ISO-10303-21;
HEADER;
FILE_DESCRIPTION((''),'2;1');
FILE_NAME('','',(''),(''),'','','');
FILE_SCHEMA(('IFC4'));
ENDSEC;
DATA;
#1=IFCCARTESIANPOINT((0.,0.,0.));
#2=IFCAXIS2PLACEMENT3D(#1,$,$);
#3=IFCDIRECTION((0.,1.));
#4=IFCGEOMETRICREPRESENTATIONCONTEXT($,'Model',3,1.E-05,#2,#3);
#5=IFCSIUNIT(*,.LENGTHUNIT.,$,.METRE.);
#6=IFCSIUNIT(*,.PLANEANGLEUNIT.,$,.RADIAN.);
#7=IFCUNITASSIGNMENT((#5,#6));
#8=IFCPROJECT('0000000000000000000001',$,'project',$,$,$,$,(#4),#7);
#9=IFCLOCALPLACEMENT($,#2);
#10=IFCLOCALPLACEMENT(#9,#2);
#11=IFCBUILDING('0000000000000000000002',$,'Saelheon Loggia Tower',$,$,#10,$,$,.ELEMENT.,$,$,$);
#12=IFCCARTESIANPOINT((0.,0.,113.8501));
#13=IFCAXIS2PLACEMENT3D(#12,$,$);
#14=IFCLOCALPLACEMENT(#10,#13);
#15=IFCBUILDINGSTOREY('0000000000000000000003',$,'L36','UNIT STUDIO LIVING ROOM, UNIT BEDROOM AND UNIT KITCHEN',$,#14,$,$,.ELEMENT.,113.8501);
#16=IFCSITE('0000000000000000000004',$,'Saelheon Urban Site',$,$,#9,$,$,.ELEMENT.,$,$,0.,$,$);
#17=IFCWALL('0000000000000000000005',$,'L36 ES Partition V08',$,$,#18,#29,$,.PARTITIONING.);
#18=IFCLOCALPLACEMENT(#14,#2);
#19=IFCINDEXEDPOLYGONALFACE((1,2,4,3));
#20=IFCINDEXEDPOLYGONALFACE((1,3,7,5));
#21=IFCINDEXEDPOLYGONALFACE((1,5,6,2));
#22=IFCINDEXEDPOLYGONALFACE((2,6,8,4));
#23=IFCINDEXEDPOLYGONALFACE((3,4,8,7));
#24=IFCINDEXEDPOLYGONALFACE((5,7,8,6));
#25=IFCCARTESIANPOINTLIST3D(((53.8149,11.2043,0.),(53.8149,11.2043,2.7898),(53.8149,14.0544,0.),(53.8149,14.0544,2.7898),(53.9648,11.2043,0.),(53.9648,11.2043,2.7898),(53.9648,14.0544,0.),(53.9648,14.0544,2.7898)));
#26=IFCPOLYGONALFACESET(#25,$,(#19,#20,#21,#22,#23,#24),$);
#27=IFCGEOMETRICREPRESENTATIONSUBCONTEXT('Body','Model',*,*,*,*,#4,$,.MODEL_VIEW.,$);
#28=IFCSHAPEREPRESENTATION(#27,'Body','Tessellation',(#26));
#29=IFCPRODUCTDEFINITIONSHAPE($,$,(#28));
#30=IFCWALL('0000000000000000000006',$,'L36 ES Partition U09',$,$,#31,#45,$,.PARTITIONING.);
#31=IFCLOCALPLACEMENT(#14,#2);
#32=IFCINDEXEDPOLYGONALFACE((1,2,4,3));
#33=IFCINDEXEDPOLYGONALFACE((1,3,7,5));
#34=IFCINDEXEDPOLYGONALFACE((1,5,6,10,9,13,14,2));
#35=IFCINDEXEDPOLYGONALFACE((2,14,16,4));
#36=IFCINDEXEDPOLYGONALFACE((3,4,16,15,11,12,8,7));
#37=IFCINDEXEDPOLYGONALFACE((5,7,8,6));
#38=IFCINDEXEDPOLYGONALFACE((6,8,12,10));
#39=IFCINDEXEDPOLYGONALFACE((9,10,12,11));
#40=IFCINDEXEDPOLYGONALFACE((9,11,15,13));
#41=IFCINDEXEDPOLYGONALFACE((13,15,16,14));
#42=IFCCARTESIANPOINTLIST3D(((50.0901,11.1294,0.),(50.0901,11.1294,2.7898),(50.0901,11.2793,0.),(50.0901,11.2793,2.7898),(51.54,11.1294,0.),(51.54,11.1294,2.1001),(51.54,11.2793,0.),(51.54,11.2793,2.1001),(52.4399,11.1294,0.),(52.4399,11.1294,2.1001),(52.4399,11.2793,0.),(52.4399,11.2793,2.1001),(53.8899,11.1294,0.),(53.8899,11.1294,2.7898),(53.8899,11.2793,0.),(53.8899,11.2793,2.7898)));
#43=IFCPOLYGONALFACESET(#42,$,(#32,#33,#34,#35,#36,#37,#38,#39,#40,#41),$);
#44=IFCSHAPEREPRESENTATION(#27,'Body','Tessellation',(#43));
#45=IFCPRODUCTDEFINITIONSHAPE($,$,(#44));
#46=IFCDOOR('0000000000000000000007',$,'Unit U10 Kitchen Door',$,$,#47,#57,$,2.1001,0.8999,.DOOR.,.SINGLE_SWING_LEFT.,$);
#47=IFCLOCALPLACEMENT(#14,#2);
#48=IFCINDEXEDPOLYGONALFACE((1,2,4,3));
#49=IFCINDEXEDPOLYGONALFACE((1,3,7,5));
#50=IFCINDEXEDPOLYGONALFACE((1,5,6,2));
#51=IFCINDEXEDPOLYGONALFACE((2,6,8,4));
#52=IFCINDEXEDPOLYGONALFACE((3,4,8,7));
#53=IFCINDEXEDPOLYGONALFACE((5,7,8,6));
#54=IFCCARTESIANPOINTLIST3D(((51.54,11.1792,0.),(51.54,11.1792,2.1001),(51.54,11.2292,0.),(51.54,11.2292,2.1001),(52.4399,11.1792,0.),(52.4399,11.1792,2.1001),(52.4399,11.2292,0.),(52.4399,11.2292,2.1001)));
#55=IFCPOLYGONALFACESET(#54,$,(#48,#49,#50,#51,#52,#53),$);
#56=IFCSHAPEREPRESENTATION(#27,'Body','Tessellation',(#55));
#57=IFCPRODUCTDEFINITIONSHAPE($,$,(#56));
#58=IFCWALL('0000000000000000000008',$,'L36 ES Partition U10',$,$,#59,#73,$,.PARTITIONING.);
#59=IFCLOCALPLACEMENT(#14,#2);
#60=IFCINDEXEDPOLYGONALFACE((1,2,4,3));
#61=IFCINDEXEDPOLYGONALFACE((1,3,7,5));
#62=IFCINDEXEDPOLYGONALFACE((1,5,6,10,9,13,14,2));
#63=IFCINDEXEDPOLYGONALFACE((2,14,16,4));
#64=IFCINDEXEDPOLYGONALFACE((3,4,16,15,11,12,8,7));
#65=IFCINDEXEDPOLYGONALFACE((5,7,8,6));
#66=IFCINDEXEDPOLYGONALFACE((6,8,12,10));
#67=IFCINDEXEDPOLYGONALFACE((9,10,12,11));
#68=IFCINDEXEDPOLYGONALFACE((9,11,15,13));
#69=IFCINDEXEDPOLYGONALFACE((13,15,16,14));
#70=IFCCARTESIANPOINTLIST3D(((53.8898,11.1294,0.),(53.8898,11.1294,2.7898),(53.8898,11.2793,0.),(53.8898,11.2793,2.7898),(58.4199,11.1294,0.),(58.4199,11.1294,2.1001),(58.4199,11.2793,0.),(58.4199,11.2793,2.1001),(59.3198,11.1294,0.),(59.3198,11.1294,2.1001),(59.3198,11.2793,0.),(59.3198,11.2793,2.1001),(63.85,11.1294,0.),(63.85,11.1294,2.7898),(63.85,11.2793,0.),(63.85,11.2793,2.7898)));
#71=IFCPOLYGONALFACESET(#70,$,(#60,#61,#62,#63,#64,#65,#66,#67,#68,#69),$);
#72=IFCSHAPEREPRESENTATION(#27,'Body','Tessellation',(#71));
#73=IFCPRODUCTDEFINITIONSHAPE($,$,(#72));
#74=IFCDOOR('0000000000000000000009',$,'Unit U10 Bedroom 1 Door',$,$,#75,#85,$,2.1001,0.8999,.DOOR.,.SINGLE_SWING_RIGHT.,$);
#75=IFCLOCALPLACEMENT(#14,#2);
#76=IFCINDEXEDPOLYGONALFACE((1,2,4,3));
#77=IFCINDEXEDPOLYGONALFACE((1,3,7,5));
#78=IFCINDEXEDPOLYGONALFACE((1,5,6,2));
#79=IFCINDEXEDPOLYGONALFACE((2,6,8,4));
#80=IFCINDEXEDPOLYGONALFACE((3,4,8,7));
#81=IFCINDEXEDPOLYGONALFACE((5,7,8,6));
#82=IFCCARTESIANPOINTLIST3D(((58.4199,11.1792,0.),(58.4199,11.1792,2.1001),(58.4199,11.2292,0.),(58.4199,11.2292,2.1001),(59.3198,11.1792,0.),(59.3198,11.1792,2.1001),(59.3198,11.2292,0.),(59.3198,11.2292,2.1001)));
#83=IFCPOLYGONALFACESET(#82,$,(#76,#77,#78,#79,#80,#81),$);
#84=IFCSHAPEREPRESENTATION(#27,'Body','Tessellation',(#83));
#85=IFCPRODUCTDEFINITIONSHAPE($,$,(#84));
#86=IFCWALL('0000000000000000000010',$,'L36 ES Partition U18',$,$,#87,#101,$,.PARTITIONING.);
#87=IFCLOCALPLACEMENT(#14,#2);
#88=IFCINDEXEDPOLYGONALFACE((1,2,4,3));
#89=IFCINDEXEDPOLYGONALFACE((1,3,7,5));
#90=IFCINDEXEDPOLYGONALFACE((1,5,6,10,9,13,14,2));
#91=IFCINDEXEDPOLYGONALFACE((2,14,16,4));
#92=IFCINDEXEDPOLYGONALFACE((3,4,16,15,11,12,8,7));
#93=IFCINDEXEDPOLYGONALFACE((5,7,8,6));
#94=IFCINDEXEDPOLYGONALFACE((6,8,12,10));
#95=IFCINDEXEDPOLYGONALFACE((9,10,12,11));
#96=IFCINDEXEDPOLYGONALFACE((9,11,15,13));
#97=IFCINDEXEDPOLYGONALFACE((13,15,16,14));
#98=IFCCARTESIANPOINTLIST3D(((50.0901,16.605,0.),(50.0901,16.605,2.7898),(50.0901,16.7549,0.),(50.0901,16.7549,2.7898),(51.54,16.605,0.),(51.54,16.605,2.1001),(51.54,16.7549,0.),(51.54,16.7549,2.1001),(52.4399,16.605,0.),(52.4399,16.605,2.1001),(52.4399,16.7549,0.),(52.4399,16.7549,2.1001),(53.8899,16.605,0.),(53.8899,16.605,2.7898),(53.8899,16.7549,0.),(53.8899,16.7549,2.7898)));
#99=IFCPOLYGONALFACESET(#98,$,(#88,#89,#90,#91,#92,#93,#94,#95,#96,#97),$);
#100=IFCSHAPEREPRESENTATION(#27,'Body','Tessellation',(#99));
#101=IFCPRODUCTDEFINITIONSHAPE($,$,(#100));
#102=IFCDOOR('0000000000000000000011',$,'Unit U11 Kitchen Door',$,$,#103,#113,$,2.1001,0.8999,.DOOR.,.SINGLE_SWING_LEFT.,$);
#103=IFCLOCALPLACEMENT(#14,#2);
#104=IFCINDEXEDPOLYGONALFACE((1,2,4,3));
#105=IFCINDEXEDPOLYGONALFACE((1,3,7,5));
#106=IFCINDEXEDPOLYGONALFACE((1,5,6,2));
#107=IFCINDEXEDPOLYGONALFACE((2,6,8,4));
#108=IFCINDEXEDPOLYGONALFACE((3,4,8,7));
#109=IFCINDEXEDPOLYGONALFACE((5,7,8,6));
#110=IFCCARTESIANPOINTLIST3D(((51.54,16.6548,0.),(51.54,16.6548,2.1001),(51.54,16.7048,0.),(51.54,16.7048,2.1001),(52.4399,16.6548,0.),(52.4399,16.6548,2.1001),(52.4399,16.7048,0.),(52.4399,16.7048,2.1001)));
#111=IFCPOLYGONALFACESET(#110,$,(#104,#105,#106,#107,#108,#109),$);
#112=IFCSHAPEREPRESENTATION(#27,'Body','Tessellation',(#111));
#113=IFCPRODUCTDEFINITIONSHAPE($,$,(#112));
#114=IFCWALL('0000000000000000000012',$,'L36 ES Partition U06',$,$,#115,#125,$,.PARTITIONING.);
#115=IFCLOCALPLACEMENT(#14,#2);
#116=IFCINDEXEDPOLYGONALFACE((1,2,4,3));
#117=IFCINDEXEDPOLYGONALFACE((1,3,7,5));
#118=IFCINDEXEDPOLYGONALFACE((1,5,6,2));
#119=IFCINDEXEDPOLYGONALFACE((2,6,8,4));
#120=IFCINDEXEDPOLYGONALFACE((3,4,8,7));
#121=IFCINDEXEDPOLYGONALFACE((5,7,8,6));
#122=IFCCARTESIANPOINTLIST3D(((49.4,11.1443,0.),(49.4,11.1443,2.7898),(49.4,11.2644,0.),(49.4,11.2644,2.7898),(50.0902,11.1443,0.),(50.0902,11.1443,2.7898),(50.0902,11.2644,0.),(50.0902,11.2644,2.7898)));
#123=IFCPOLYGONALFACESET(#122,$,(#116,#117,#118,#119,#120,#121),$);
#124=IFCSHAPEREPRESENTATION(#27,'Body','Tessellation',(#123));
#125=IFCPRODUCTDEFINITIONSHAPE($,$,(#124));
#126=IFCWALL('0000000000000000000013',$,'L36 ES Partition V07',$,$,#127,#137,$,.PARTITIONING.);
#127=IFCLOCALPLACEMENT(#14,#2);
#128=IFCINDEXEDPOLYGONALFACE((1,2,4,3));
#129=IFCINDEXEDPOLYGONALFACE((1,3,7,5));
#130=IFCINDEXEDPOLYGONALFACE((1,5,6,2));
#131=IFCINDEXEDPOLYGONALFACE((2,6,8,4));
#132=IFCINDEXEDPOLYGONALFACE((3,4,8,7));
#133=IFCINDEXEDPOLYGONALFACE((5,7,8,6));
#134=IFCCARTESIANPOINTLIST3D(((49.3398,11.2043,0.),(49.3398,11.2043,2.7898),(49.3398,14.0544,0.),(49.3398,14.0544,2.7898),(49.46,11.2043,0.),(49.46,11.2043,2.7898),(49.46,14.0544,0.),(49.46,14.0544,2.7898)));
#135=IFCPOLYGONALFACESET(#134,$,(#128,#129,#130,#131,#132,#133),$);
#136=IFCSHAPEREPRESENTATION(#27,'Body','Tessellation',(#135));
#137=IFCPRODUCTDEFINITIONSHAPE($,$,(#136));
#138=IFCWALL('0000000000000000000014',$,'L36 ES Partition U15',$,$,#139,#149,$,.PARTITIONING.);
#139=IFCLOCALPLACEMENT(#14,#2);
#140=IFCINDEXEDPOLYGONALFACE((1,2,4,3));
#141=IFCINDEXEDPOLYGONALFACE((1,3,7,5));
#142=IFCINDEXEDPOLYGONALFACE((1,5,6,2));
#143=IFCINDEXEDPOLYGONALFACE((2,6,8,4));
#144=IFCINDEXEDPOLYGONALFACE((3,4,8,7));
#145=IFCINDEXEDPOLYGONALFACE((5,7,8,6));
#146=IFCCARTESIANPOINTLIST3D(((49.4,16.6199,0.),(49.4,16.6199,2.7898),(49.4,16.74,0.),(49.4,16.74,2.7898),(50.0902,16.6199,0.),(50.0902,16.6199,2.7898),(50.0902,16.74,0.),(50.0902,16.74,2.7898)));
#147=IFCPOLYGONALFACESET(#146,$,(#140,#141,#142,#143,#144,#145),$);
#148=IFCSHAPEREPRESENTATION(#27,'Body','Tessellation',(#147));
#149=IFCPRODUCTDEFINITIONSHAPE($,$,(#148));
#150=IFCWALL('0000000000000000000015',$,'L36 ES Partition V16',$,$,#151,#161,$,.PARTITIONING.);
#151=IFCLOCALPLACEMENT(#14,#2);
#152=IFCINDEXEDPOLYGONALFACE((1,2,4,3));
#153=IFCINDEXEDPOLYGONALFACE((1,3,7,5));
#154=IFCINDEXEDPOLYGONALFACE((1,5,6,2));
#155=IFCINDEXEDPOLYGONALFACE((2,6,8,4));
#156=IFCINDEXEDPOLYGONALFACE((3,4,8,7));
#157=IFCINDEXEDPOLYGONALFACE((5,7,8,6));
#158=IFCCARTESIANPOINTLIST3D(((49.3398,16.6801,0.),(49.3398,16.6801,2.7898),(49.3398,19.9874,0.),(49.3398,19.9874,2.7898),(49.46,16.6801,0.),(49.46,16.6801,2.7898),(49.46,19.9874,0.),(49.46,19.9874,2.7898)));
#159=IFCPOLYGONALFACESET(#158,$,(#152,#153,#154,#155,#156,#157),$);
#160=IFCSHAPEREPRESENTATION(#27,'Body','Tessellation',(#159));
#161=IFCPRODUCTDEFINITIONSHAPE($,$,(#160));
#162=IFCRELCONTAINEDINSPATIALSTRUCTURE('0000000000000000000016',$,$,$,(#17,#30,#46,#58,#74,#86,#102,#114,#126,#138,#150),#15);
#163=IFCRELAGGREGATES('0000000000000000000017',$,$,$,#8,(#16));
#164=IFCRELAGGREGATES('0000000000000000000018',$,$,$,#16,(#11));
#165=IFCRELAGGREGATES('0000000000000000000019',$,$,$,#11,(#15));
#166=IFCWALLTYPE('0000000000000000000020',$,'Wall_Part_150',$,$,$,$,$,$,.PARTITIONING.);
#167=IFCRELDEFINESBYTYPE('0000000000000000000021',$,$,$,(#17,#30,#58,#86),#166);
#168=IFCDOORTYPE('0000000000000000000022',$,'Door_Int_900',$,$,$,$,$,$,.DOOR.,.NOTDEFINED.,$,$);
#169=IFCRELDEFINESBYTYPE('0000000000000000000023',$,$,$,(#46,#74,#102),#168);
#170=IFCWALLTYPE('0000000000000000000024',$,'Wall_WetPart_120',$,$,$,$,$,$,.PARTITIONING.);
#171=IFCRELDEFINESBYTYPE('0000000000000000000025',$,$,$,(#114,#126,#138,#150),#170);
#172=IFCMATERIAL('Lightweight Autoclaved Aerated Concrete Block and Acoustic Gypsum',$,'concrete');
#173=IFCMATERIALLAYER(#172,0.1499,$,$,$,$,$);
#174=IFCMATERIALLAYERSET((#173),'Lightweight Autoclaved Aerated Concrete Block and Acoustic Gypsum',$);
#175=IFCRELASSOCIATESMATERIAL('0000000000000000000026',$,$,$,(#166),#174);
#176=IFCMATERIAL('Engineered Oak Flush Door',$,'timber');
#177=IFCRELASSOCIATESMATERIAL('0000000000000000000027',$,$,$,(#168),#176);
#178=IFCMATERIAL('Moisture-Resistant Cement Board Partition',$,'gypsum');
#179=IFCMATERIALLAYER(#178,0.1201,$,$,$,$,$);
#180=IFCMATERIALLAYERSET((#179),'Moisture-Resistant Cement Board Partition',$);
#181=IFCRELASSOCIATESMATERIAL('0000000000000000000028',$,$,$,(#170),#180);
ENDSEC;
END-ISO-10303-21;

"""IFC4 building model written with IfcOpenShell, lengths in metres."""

from ifc_helpers import new_model, si_unit, direction, frame, frame_2d, origin, place, context, subcontext, project, spatial, rectangle, extrude, source, transform, mapped, material, layer, layer_set, type_object, element, fill, save


model = new_model("IFC4")

# Units and contexts
model_context = context("Model", 3, precision=1e-05, world=origin(), true_north=direction((0.0, 1.0)))
body_context = subcontext(model_context, "Body", "Model", "MODEL_VIEW")
ifc_project = project(units=[si_unit("LENGTHUNIT", "METRE"), si_unit("PLANEANGLEUNIT", "RADIAN")], contexts=[model_context])

# Site, building, storey
site_placement = place(None, origin())
site = spatial("IfcSite", under=ifc_project, at=site_placement, Name="Saelheon Urban Site", CompositionType="ELEMENT", RefElevation=0.0)
building_placement = place(site_placement, origin())
building = spatial("IfcBuilding", under=site, at=building_placement, Name="Saelheon Loggia Tower", CompositionType="ELEMENT")
storey_placement = place(building_placement, frame((0.0, 0.0, 113.8501)))
storey = spatial("IfcBuildingStorey", under=building, at=storey_placement, Name="L36", Description="UNIT STUDIO LIVING ROOM, UNIT BEDROOM AND UNIT KITCHEN", CompositionType="ELEMENT", Elevation=113.8501)

# Wall
ifc_material_1 = material(Name="Lightweight Autoclaved Aerated Concrete Block and Acoustic Gypsum", Category="concrete")
ifc_layer_1 = layer(ifc_material_1, 0.1499)
ifc_layer_set_1 = layer_set([ifc_layer_1], Name="Lightweight Autoclaved Aerated Concrete Block and Acoustic Gypsum")
wall_type_1 = type_object("IfcWallType", Name="Wall_Part_150", PredefinedType="PARTITIONING", material=ifc_layer_set_1)
wall_1_placement = place(storey_placement, frame((53.8899, 11.2043, 0.0), z_axis=(0.0, 0.0, 1.0), x_axis=(0.0, 1.0, 0.0)))
element("IfcWall", 1, at=wall_1_placement, inside=storey, type_object=wall_type_1, Name="L36 ES Partition V08", PredefinedType="PARTITIONING", context=body_context, shape_type="SweptSolid", body=[
    extrude(rectangle(XDim=2.8501, YDim=0.1499, at=frame_2d((1.425, 0.0))), origin(), (0.0, 0.0, 1.0), 2.7898),
])

# Walls, openings, doors
wall_2_placement = place(storey_placement, frame((50.0901, 11.2043, 0.0), z_axis=(0.0, 0.0, 1.0), x_axis=(1.0, 0.0, 0.0)))
wall_2 = element("IfcWall", 2, at=wall_2_placement, inside=storey, type_object=wall_type_1, Name="L36 ES Partition U09", PredefinedType="PARTITIONING", context=body_context, shape_type="SweptSolid", body=[
    extrude(rectangle(XDim=3.7998, YDim=0.1499, at=frame_2d((1.8999, 0.0))), origin(), (0.0, 0.0, 1.0), 2.7898),
])
opening_1_placement = place(wall_2_placement, frame((1.45, 0.0, 0.0)))
opening_1 = element("IfcOpeningElement", 3, at=opening_1_placement, cuts=wall_2, PredefinedType="OPENING", context=body_context, shape_type="SweptSolid", body=[
    extrude(rectangle(XDim=0.8999, YDim=2.1001, at=frame_2d((0.45, 1.05))), frame((0.0, 0.0869, 0.0), z_axis=(0.0, -1.0, 0.0), x_axis=(1.0, 0.0, 0.0)), (0.0, 0.0, 1.0), 0.1738),
])
ifc_material_2 = material(Name="Engineered Oak Flush Door", Category="timber")
door_type = type_object("IfcDoorType", Name="Door_Int_900", OperationType="NOTDEFINED", PredefinedType="DOOR", material=ifc_material_2)
shared_shape = source(origin(), body_context, "Body", "SweptSolid", [
    extrude(rectangle(XDim=0.8999, YDim=2.1001, at=frame_2d((0.45, 1.05))), frame((0.0, 0.0249, 0.0), z_axis=(0.0, -1.0, 0.0), x_axis=(1.0, 0.0, 0.0)), (0.0, 0.0, 1.0), 0.05),
])
door_1_placement = place(opening_1_placement, origin())
door_1 = element("IfcDoor", 4, at=door_1_placement, inside=storey, type_object=door_type, Name="Unit U10 Kitchen Door", OperationType="SINGLE_SWING_LEFT", OverallHeight=2.1001, OverallWidth=0.8999, PredefinedType="DOOR", context=body_context, shape_type="MappedRepresentation", body=[
    mapped(shared_shape, transform((0.0, 0.0, 0.0), scale=1.0)),
])
fill(opening_1, door_1)
wall_3_placement = place(storey_placement, frame((53.8899, 11.2043, 0.0), z_axis=(0.0, 0.0, 1.0), x_axis=(1.0, 0.0, 0.0)))
wall_3 = element("IfcWall", 5, at=wall_3_placement, inside=storey, type_object=wall_type_1, Name="L36 ES Partition U10", PredefinedType="PARTITIONING", context=body_context, shape_type="SweptSolid", body=[
    extrude(rectangle(XDim=9.9602, YDim=0.1499, at=frame_2d((4.98, 0.0))), origin(), (0.0, 0.0, 1.0), 2.7898),
])
opening_2_placement = place(wall_3_placement, frame((4.53, 0.0, 0.0)))
opening_2 = element("IfcOpeningElement", 6, at=opening_2_placement, cuts=wall_3, PredefinedType="OPENING", context=body_context, shape_type="SweptSolid", body=[
    extrude(rectangle(XDim=0.8999, YDim=2.1001, at=frame_2d((0.45, 1.05))), frame((0.0, 0.0869, 0.0), z_axis=(0.0, -1.0, 0.0), x_axis=(1.0, 0.0, 0.0)), (0.0, 0.0, 1.0), 0.1738),
])
door_2_placement = place(opening_2_placement, origin())
door_2 = element("IfcDoor", 7, at=door_2_placement, inside=storey, type_object=door_type, Name="Unit U10 Bedroom 1 Door", OperationType="SINGLE_SWING_RIGHT", OverallHeight=2.1001, OverallWidth=0.8999, PredefinedType="DOOR", context=body_context, shape_type="MappedRepresentation", body=[
    mapped(shared_shape, transform((0.0, 0.0, 0.0), scale=1.0)),
])
fill(opening_2, door_2)
wall_4_placement = place(storey_placement, frame((50.0901, 16.6799, 0.0), z_axis=(0.0, 0.0, 1.0), x_axis=(1.0, 0.0, 0.0)))
wall_4 = element("IfcWall", 8, at=wall_4_placement, inside=storey, type_object=wall_type_1, Name="L36 ES Partition U18", PredefinedType="PARTITIONING", context=body_context, shape_type="SweptSolid", body=[
    extrude(rectangle(XDim=3.7998, YDim=0.1499, at=frame_2d((1.8999, 0.0))), origin(), (0.0, 0.0, 1.0), 2.7898),
])
opening_3_placement = place(wall_4_placement, frame((1.45, 0.0, 0.0)))
opening_3 = element("IfcOpeningElement", 9, at=opening_3_placement, cuts=wall_4, PredefinedType="OPENING", context=body_context, shape_type="SweptSolid", body=[
    extrude(rectangle(XDim=0.8999, YDim=2.1001, at=frame_2d((0.45, 1.05))), frame((0.0, 0.0869, 0.0), z_axis=(0.0, -1.0, 0.0), x_axis=(1.0, 0.0, 0.0)), (0.0, 0.0, 1.0), 0.1738),
])
door_3_placement = place(opening_3_placement, origin())
door_3 = element("IfcDoor", 10, at=door_3_placement, inside=storey, type_object=door_type, Name="Unit U11 Kitchen Door", OperationType="SINGLE_SWING_LEFT", OverallHeight=2.1001, OverallWidth=0.8999, PredefinedType="DOOR", context=body_context, shape_type="MappedRepresentation", body=[
    mapped(shared_shape, transform((0.0, 0.0, 0.0), scale=1.0)),
])
fill(opening_3, door_3)

# Walls
ifc_material_3 = material(Name="Moisture-Resistant Cement Board Partition", Category="gypsum")
ifc_layer_2 = layer(ifc_material_3, 0.1201)
ifc_layer_set_2 = layer_set([ifc_layer_2], Name="Moisture-Resistant Cement Board Partition")
wall_type_2 = type_object("IfcWallType", Name="Wall_WetPart_120", PredefinedType="PARTITIONING", material=ifc_layer_set_2)
wall_5_placement = place(storey_placement, frame((49.3999, 11.2043, 0.0), z_axis=(0.0, 0.0, 1.0), x_axis=(1.0, 0.0, 0.0)))
element("IfcWall", 11, at=wall_5_placement, inside=storey, type_object=wall_type_2, Name="L36 ES Partition U06", PredefinedType="PARTITIONING", context=body_context, shape_type="SweptSolid", body=[
    extrude(rectangle(XDim=0.6902, YDim=0.1201, at=frame_2d((0.3452, 0.0))), origin(), (0.0, 0.0, 1.0), 2.7898),
])
wall_6_placement = place(storey_placement, frame((49.3999, 11.2043, 0.0), z_axis=(0.0, 0.0, 1.0), x_axis=(0.0, 1.0, 0.0)))
element("IfcWall", 12, at=wall_6_placement, inside=storey, type_object=wall_type_2, Name="L36 ES Partition V07", PredefinedType="PARTITIONING", context=body_context, shape_type="SweptSolid", body=[
    extrude(rectangle(XDim=2.8501, YDim=0.1201, at=frame_2d((1.425, 0.0))), origin(), (0.0, 0.0, 1.0), 2.7898),
])
wall_7_placement = place(storey_placement, frame((49.3999, 16.6799, 0.0), z_axis=(0.0, 0.0, 1.0), x_axis=(1.0, 0.0, 0.0)))
element("IfcWall", 13, at=wall_7_placement, inside=storey, type_object=wall_type_2, Name="L36 ES Partition U15", PredefinedType="PARTITIONING", context=body_context, shape_type="SweptSolid", body=[
    extrude(rectangle(XDim=0.6902, YDim=0.1201, at=frame_2d((0.3452, 0.0))), origin(), (0.0, 0.0, 1.0), 2.7898),
])
wall_8_placement = place(storey_placement, frame((49.3999, 16.6799, 0.0), z_axis=(0.0, 0.0, 1.0), x_axis=(0.0, 1.0, 0.0)))
element("IfcWall", 14, at=wall_8_placement, inside=storey, type_object=wall_type_2, Name="L36 ES Partition V16", PredefinedType="PARTITIONING", context=body_context, shape_type="SweptSolid", body=[
    extrude(rectangle(XDim=3.3074, YDim=0.1201, at=frame_2d((1.6538, 0.0))), origin(), (0.0, 0.0, 1.0), 2.7898),
])

save(model, "model.ifc")
